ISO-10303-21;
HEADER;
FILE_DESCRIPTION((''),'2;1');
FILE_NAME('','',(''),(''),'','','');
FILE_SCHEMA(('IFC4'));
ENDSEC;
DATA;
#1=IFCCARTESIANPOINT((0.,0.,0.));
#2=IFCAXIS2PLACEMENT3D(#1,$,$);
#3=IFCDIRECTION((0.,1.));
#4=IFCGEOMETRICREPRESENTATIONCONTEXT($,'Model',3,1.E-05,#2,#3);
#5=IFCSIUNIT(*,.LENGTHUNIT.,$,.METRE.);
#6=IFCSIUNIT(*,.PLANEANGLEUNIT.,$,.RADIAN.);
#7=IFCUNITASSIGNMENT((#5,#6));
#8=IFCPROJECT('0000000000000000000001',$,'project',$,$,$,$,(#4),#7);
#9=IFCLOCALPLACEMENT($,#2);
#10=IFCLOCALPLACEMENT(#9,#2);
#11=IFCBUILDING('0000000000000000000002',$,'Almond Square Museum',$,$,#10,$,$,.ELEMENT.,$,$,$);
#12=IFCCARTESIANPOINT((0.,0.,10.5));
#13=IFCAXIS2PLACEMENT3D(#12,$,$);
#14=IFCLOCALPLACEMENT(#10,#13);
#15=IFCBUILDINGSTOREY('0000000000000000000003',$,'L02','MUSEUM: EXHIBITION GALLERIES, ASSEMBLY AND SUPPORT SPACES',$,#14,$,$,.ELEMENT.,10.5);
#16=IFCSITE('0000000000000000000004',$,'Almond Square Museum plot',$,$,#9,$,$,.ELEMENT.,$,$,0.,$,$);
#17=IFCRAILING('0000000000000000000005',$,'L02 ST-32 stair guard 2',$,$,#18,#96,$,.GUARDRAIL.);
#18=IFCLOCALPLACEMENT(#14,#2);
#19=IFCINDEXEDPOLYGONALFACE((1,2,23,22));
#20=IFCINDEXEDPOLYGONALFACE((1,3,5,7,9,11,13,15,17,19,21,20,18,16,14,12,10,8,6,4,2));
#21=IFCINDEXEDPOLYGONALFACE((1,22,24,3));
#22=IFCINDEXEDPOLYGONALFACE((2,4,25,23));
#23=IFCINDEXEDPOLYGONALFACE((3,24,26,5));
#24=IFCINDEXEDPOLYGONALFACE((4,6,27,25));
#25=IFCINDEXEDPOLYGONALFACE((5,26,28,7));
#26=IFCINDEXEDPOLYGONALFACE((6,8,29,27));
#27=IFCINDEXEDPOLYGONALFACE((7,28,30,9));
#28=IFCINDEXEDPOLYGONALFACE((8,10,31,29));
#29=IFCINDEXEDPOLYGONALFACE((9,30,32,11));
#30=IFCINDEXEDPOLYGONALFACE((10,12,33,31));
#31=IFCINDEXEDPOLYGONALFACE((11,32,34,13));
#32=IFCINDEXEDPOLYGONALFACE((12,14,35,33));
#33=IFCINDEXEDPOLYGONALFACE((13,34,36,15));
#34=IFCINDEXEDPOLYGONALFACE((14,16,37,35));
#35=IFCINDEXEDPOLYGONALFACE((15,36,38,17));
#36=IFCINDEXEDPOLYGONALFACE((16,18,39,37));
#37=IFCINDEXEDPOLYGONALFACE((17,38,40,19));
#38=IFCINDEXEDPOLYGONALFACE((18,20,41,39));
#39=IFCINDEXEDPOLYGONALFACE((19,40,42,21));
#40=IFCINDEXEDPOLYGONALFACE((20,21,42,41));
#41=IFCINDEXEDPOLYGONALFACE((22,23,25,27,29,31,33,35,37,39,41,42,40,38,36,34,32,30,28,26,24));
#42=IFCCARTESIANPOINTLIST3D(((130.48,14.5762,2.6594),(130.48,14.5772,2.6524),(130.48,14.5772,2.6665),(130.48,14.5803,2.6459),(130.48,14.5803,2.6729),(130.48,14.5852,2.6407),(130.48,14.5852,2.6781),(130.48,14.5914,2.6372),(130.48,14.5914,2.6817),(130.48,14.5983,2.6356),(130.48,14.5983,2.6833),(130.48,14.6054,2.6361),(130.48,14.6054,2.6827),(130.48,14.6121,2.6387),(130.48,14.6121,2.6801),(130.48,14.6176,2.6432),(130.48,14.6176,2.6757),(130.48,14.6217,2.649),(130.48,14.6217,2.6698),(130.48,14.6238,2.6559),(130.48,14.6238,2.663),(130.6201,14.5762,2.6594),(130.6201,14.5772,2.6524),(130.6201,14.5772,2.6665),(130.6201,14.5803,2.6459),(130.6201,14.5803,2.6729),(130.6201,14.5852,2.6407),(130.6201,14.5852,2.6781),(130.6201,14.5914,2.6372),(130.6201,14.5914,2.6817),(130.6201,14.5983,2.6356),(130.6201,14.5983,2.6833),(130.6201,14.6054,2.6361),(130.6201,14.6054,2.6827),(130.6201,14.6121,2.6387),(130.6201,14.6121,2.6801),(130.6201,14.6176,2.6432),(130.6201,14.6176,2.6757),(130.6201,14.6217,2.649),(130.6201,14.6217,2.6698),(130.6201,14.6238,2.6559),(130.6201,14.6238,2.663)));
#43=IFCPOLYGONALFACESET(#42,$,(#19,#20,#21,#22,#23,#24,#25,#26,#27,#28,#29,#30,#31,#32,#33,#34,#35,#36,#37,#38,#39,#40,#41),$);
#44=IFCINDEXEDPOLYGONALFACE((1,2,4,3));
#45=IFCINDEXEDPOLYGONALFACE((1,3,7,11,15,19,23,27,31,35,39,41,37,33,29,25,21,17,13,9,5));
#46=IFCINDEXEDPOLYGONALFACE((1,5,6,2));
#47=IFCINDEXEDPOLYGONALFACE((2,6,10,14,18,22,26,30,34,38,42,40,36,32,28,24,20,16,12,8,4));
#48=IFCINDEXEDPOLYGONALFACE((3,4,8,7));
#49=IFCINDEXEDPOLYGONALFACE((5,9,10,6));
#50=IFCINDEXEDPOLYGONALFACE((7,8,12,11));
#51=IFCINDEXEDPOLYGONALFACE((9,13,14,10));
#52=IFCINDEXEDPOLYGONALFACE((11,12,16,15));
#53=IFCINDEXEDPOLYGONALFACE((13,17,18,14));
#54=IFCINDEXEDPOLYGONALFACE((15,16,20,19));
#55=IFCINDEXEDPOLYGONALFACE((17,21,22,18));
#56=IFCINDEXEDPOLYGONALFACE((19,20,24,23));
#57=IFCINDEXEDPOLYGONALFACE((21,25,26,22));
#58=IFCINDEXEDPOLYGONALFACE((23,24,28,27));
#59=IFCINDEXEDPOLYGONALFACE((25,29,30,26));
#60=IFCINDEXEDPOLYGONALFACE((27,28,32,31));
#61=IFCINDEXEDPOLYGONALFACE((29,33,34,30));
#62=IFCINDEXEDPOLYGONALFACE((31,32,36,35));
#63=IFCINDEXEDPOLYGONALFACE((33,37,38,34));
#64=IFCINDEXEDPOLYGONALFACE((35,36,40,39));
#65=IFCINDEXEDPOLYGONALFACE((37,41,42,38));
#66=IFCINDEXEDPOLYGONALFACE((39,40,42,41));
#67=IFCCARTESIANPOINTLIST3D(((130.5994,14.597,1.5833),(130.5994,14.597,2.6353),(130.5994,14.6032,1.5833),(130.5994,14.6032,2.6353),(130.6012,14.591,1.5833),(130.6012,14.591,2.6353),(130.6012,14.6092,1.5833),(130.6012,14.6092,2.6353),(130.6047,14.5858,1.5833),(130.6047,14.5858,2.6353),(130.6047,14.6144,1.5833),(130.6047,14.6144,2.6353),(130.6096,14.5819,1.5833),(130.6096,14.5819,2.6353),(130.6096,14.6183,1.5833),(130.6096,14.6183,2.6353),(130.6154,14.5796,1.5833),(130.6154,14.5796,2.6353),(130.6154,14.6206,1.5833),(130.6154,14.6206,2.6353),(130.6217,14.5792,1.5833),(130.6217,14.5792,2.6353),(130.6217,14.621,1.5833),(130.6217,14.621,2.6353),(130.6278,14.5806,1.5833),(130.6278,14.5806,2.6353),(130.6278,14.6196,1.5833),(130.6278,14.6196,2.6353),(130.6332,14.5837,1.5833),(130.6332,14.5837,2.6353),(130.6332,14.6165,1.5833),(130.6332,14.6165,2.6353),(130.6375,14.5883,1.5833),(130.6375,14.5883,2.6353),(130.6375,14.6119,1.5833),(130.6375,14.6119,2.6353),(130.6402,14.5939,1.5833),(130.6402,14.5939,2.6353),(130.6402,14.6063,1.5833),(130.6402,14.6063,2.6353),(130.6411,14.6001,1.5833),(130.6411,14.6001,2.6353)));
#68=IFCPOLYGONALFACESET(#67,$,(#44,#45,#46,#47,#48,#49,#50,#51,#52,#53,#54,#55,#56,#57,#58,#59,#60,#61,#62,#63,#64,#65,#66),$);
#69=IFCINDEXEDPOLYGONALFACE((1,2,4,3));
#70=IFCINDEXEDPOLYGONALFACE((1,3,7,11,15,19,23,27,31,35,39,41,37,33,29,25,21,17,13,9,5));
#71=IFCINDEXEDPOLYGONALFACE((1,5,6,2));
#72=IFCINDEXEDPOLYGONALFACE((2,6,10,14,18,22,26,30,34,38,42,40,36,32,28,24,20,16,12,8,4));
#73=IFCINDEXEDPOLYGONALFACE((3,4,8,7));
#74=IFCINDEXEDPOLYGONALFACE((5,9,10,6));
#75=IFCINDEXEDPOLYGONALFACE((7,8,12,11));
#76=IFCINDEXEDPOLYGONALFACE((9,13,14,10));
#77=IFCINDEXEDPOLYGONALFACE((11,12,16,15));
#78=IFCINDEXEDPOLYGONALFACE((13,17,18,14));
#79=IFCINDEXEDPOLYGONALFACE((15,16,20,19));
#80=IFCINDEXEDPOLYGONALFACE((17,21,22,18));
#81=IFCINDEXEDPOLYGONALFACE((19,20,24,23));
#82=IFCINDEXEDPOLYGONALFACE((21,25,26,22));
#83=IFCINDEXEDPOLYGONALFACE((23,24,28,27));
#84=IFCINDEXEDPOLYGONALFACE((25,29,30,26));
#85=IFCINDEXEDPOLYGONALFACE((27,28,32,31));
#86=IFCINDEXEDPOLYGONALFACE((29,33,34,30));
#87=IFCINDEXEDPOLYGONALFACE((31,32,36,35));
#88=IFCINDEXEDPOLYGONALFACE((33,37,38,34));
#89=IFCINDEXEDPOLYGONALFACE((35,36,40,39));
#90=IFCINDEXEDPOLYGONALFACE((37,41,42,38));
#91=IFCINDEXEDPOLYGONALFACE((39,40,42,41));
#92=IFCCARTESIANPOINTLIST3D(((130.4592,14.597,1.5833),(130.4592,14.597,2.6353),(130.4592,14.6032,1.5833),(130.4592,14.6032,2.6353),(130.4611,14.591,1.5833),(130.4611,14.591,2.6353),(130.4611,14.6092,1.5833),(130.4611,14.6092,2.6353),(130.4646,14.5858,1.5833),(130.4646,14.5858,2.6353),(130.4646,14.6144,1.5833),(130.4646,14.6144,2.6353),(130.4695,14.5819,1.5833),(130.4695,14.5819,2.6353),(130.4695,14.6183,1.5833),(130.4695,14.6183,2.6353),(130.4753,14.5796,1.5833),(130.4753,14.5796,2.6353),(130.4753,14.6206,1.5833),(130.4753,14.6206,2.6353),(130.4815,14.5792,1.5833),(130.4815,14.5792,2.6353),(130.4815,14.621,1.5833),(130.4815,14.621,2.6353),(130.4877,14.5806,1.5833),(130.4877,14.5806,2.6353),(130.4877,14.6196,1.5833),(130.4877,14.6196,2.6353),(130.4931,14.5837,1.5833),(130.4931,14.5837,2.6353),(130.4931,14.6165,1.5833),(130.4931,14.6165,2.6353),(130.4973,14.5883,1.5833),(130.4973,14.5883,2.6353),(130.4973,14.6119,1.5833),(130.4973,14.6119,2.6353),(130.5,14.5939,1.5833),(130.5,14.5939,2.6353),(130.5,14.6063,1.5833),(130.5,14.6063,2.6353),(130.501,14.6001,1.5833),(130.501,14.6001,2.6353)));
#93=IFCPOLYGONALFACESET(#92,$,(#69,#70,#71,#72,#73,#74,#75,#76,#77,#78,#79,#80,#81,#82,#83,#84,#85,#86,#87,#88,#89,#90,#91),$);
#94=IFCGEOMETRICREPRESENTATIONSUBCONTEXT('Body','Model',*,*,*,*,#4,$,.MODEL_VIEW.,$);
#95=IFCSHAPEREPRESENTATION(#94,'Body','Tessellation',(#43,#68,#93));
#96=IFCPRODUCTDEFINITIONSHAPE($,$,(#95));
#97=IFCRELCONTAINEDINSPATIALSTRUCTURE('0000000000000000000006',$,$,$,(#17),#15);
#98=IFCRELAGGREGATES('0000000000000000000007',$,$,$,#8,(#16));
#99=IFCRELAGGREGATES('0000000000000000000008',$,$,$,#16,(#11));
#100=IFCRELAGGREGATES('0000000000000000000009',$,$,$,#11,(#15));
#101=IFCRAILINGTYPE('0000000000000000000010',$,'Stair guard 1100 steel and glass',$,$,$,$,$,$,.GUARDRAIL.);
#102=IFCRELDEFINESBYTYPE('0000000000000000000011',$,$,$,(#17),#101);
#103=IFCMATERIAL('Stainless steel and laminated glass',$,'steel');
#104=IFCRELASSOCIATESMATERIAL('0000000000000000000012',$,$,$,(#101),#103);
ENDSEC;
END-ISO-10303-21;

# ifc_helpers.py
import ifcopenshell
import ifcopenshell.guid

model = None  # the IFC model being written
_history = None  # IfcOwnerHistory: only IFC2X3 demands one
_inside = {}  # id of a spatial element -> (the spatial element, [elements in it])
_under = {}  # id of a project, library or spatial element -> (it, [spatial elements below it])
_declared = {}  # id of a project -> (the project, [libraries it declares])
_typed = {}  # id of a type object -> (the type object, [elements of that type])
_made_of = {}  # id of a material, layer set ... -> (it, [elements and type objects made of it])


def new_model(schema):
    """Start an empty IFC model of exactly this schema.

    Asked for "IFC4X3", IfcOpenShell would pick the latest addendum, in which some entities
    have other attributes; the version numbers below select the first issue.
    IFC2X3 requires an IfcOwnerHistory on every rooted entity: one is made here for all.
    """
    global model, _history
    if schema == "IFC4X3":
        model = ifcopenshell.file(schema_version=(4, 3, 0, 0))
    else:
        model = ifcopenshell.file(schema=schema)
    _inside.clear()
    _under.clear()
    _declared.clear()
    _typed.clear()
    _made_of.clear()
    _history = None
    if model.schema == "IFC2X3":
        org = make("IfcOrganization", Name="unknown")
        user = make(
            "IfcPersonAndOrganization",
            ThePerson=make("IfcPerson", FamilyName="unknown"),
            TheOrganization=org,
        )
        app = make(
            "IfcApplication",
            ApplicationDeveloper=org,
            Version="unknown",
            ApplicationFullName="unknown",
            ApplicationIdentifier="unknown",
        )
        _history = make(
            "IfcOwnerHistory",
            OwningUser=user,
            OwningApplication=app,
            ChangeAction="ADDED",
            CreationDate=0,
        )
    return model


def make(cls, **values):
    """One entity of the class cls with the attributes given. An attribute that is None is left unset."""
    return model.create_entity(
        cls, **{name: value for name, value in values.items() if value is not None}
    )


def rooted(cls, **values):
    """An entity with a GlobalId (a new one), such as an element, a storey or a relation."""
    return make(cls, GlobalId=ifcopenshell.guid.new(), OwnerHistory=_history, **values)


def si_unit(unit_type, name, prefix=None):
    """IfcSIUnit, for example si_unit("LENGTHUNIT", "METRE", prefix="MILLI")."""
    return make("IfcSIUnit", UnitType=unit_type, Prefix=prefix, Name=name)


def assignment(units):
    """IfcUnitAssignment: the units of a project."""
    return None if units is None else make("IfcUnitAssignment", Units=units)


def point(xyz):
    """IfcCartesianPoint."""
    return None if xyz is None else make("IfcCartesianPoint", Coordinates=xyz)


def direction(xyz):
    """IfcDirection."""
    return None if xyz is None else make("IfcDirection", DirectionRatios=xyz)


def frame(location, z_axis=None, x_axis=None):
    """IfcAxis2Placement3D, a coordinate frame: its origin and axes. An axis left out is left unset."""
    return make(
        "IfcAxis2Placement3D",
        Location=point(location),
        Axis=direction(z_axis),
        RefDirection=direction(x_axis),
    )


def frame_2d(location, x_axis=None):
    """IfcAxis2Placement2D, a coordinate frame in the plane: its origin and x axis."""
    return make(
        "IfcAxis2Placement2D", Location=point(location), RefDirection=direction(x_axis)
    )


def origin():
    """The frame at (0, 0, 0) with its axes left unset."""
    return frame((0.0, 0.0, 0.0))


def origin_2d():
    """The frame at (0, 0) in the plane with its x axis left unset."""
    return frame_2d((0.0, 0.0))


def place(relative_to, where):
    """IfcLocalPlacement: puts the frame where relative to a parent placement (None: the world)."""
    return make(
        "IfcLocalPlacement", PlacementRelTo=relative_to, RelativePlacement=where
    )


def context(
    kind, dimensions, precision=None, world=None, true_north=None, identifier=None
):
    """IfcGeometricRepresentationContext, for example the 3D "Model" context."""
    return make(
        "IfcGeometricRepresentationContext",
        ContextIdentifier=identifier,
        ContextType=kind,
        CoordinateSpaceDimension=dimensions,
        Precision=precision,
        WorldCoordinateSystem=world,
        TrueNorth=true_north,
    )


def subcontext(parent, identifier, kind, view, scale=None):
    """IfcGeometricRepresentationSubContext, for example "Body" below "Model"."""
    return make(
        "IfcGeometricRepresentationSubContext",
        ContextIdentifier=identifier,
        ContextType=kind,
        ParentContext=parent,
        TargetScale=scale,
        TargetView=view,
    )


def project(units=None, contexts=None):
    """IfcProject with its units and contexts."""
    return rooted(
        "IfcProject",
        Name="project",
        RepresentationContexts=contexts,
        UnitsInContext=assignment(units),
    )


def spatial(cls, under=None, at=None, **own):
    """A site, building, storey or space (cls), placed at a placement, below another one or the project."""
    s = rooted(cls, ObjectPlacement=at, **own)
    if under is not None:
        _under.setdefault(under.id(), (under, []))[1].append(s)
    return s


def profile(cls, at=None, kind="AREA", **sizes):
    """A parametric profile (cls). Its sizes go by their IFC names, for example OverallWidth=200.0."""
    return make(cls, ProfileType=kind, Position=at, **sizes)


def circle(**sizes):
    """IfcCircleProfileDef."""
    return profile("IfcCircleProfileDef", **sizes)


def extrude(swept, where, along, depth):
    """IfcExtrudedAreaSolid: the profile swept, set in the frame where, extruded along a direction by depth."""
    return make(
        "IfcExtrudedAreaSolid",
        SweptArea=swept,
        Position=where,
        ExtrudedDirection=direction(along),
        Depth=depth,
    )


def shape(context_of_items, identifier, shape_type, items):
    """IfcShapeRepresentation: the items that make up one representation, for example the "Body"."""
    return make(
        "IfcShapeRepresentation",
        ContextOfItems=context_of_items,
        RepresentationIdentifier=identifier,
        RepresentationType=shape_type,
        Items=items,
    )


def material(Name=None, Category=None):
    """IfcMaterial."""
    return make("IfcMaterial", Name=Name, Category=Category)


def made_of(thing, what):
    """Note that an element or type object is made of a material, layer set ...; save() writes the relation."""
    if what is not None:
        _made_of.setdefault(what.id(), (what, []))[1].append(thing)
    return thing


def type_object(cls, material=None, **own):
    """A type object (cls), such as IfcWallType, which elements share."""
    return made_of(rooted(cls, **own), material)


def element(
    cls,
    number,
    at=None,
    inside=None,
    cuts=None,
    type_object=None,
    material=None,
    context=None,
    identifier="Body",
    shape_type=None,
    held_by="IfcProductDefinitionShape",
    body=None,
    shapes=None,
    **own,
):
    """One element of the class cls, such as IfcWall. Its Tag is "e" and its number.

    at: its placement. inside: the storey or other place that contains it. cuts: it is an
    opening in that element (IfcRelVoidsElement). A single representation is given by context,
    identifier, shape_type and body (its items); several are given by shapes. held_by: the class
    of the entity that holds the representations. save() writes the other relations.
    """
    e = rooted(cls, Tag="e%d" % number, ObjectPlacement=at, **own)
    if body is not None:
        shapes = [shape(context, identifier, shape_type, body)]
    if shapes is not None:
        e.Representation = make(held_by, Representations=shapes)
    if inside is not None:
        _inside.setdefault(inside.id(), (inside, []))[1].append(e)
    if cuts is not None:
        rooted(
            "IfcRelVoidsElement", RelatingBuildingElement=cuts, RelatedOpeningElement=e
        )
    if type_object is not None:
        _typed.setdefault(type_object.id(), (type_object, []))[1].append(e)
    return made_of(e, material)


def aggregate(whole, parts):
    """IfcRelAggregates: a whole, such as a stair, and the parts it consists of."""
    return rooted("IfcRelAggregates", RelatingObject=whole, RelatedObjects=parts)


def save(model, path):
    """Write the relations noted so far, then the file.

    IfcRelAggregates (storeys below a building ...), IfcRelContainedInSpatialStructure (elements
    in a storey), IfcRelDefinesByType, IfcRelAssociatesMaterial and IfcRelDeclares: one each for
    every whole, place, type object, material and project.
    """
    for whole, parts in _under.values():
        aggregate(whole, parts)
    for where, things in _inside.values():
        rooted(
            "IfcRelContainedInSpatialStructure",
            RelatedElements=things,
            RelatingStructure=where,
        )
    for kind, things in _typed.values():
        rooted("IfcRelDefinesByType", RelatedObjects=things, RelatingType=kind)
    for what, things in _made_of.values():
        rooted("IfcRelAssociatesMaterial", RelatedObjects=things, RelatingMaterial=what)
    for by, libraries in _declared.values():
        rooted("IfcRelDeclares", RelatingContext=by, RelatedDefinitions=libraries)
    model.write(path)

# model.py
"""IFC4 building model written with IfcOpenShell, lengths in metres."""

from ifc_helpers import new_model, si_unit, direction, frame, origin, origin_2d, place, context, subcontext, project, spatial, circle, extrude, material, type_object, element, save


model = new_model("IFC4")

# Units and contexts
model_context = context("Model", 3, precision=1e-05, world=origin(), true_north=direction((0.0, 1.0)))
body_context = subcontext(model_context, "Body", "Model", "MODEL_VIEW")
ifc_project = project(units=[si_unit("LENGTHUNIT", "METRE"), si_unit("PLANEANGLEUNIT", "RADIAN")], contexts=[model_context])

# Site, building, storey
site_placement = place(None, origin())
site = spatial("IfcSite", under=ifc_project, at=site_placement, Name="Almond Square Museum plot", CompositionType="ELEMENT", RefElevation=0.0)
building_placement = place(site_placement, origin())
building = spatial("IfcBuilding", under=site, at=building_placement, Name="Almond Square Museum", CompositionType="ELEMENT")
storey_placement = place(building_placement, frame((0.0, 0.0, 10.5)))
storey = spatial("IfcBuildingStorey", under=building, at=storey_placement, Name="L02", Description="MUSEUM: EXHIBITION GALLERIES, ASSEMBLY AND SUPPORT SPACES", CompositionType="ELEMENT", Elevation=10.5)

# Railing
ifc_material_1 = material(Name="Stainless steel and laminated glass", Category="steel")
railing_type_1 = type_object("IfcRailingType", Name="Stair guard 1100 steel and glass", PredefinedType="GUARDRAIL", material=ifc_material_1)
railing_1_placement = place(storey_placement, frame((130.6201, 14.6001, 1.5833)))
element("IfcRailing", 1, at=railing_1_placement, inside=storey, type_object=railing_type_1, Name="L02 ST-32 stair guard 2", PredefinedType="GUARDRAIL", context=body_context, shape_type="SweptSolid", body=[
    extrude(circle(Radius=0.0239, at=origin_2d()), frame((0.0, 0.0, 1.0762), z_axis=(-1.0, 0.0, 0.0), x_axis=(0.0, -1.0, 0.0)), (0.0, 0.0, 1.0), 0.1401),
    extrude(circle(Radius=0.021, at=origin_2d()), origin(), (0.0, 0.0, 1.0), 1.052),
    extrude(circle(Radius=0.021, at=origin_2d()), frame((-0.1401, 0.0, 0.0)), (0.0, 0.0, 1.0), 1.052),
])

save(model, "model.ifc")
